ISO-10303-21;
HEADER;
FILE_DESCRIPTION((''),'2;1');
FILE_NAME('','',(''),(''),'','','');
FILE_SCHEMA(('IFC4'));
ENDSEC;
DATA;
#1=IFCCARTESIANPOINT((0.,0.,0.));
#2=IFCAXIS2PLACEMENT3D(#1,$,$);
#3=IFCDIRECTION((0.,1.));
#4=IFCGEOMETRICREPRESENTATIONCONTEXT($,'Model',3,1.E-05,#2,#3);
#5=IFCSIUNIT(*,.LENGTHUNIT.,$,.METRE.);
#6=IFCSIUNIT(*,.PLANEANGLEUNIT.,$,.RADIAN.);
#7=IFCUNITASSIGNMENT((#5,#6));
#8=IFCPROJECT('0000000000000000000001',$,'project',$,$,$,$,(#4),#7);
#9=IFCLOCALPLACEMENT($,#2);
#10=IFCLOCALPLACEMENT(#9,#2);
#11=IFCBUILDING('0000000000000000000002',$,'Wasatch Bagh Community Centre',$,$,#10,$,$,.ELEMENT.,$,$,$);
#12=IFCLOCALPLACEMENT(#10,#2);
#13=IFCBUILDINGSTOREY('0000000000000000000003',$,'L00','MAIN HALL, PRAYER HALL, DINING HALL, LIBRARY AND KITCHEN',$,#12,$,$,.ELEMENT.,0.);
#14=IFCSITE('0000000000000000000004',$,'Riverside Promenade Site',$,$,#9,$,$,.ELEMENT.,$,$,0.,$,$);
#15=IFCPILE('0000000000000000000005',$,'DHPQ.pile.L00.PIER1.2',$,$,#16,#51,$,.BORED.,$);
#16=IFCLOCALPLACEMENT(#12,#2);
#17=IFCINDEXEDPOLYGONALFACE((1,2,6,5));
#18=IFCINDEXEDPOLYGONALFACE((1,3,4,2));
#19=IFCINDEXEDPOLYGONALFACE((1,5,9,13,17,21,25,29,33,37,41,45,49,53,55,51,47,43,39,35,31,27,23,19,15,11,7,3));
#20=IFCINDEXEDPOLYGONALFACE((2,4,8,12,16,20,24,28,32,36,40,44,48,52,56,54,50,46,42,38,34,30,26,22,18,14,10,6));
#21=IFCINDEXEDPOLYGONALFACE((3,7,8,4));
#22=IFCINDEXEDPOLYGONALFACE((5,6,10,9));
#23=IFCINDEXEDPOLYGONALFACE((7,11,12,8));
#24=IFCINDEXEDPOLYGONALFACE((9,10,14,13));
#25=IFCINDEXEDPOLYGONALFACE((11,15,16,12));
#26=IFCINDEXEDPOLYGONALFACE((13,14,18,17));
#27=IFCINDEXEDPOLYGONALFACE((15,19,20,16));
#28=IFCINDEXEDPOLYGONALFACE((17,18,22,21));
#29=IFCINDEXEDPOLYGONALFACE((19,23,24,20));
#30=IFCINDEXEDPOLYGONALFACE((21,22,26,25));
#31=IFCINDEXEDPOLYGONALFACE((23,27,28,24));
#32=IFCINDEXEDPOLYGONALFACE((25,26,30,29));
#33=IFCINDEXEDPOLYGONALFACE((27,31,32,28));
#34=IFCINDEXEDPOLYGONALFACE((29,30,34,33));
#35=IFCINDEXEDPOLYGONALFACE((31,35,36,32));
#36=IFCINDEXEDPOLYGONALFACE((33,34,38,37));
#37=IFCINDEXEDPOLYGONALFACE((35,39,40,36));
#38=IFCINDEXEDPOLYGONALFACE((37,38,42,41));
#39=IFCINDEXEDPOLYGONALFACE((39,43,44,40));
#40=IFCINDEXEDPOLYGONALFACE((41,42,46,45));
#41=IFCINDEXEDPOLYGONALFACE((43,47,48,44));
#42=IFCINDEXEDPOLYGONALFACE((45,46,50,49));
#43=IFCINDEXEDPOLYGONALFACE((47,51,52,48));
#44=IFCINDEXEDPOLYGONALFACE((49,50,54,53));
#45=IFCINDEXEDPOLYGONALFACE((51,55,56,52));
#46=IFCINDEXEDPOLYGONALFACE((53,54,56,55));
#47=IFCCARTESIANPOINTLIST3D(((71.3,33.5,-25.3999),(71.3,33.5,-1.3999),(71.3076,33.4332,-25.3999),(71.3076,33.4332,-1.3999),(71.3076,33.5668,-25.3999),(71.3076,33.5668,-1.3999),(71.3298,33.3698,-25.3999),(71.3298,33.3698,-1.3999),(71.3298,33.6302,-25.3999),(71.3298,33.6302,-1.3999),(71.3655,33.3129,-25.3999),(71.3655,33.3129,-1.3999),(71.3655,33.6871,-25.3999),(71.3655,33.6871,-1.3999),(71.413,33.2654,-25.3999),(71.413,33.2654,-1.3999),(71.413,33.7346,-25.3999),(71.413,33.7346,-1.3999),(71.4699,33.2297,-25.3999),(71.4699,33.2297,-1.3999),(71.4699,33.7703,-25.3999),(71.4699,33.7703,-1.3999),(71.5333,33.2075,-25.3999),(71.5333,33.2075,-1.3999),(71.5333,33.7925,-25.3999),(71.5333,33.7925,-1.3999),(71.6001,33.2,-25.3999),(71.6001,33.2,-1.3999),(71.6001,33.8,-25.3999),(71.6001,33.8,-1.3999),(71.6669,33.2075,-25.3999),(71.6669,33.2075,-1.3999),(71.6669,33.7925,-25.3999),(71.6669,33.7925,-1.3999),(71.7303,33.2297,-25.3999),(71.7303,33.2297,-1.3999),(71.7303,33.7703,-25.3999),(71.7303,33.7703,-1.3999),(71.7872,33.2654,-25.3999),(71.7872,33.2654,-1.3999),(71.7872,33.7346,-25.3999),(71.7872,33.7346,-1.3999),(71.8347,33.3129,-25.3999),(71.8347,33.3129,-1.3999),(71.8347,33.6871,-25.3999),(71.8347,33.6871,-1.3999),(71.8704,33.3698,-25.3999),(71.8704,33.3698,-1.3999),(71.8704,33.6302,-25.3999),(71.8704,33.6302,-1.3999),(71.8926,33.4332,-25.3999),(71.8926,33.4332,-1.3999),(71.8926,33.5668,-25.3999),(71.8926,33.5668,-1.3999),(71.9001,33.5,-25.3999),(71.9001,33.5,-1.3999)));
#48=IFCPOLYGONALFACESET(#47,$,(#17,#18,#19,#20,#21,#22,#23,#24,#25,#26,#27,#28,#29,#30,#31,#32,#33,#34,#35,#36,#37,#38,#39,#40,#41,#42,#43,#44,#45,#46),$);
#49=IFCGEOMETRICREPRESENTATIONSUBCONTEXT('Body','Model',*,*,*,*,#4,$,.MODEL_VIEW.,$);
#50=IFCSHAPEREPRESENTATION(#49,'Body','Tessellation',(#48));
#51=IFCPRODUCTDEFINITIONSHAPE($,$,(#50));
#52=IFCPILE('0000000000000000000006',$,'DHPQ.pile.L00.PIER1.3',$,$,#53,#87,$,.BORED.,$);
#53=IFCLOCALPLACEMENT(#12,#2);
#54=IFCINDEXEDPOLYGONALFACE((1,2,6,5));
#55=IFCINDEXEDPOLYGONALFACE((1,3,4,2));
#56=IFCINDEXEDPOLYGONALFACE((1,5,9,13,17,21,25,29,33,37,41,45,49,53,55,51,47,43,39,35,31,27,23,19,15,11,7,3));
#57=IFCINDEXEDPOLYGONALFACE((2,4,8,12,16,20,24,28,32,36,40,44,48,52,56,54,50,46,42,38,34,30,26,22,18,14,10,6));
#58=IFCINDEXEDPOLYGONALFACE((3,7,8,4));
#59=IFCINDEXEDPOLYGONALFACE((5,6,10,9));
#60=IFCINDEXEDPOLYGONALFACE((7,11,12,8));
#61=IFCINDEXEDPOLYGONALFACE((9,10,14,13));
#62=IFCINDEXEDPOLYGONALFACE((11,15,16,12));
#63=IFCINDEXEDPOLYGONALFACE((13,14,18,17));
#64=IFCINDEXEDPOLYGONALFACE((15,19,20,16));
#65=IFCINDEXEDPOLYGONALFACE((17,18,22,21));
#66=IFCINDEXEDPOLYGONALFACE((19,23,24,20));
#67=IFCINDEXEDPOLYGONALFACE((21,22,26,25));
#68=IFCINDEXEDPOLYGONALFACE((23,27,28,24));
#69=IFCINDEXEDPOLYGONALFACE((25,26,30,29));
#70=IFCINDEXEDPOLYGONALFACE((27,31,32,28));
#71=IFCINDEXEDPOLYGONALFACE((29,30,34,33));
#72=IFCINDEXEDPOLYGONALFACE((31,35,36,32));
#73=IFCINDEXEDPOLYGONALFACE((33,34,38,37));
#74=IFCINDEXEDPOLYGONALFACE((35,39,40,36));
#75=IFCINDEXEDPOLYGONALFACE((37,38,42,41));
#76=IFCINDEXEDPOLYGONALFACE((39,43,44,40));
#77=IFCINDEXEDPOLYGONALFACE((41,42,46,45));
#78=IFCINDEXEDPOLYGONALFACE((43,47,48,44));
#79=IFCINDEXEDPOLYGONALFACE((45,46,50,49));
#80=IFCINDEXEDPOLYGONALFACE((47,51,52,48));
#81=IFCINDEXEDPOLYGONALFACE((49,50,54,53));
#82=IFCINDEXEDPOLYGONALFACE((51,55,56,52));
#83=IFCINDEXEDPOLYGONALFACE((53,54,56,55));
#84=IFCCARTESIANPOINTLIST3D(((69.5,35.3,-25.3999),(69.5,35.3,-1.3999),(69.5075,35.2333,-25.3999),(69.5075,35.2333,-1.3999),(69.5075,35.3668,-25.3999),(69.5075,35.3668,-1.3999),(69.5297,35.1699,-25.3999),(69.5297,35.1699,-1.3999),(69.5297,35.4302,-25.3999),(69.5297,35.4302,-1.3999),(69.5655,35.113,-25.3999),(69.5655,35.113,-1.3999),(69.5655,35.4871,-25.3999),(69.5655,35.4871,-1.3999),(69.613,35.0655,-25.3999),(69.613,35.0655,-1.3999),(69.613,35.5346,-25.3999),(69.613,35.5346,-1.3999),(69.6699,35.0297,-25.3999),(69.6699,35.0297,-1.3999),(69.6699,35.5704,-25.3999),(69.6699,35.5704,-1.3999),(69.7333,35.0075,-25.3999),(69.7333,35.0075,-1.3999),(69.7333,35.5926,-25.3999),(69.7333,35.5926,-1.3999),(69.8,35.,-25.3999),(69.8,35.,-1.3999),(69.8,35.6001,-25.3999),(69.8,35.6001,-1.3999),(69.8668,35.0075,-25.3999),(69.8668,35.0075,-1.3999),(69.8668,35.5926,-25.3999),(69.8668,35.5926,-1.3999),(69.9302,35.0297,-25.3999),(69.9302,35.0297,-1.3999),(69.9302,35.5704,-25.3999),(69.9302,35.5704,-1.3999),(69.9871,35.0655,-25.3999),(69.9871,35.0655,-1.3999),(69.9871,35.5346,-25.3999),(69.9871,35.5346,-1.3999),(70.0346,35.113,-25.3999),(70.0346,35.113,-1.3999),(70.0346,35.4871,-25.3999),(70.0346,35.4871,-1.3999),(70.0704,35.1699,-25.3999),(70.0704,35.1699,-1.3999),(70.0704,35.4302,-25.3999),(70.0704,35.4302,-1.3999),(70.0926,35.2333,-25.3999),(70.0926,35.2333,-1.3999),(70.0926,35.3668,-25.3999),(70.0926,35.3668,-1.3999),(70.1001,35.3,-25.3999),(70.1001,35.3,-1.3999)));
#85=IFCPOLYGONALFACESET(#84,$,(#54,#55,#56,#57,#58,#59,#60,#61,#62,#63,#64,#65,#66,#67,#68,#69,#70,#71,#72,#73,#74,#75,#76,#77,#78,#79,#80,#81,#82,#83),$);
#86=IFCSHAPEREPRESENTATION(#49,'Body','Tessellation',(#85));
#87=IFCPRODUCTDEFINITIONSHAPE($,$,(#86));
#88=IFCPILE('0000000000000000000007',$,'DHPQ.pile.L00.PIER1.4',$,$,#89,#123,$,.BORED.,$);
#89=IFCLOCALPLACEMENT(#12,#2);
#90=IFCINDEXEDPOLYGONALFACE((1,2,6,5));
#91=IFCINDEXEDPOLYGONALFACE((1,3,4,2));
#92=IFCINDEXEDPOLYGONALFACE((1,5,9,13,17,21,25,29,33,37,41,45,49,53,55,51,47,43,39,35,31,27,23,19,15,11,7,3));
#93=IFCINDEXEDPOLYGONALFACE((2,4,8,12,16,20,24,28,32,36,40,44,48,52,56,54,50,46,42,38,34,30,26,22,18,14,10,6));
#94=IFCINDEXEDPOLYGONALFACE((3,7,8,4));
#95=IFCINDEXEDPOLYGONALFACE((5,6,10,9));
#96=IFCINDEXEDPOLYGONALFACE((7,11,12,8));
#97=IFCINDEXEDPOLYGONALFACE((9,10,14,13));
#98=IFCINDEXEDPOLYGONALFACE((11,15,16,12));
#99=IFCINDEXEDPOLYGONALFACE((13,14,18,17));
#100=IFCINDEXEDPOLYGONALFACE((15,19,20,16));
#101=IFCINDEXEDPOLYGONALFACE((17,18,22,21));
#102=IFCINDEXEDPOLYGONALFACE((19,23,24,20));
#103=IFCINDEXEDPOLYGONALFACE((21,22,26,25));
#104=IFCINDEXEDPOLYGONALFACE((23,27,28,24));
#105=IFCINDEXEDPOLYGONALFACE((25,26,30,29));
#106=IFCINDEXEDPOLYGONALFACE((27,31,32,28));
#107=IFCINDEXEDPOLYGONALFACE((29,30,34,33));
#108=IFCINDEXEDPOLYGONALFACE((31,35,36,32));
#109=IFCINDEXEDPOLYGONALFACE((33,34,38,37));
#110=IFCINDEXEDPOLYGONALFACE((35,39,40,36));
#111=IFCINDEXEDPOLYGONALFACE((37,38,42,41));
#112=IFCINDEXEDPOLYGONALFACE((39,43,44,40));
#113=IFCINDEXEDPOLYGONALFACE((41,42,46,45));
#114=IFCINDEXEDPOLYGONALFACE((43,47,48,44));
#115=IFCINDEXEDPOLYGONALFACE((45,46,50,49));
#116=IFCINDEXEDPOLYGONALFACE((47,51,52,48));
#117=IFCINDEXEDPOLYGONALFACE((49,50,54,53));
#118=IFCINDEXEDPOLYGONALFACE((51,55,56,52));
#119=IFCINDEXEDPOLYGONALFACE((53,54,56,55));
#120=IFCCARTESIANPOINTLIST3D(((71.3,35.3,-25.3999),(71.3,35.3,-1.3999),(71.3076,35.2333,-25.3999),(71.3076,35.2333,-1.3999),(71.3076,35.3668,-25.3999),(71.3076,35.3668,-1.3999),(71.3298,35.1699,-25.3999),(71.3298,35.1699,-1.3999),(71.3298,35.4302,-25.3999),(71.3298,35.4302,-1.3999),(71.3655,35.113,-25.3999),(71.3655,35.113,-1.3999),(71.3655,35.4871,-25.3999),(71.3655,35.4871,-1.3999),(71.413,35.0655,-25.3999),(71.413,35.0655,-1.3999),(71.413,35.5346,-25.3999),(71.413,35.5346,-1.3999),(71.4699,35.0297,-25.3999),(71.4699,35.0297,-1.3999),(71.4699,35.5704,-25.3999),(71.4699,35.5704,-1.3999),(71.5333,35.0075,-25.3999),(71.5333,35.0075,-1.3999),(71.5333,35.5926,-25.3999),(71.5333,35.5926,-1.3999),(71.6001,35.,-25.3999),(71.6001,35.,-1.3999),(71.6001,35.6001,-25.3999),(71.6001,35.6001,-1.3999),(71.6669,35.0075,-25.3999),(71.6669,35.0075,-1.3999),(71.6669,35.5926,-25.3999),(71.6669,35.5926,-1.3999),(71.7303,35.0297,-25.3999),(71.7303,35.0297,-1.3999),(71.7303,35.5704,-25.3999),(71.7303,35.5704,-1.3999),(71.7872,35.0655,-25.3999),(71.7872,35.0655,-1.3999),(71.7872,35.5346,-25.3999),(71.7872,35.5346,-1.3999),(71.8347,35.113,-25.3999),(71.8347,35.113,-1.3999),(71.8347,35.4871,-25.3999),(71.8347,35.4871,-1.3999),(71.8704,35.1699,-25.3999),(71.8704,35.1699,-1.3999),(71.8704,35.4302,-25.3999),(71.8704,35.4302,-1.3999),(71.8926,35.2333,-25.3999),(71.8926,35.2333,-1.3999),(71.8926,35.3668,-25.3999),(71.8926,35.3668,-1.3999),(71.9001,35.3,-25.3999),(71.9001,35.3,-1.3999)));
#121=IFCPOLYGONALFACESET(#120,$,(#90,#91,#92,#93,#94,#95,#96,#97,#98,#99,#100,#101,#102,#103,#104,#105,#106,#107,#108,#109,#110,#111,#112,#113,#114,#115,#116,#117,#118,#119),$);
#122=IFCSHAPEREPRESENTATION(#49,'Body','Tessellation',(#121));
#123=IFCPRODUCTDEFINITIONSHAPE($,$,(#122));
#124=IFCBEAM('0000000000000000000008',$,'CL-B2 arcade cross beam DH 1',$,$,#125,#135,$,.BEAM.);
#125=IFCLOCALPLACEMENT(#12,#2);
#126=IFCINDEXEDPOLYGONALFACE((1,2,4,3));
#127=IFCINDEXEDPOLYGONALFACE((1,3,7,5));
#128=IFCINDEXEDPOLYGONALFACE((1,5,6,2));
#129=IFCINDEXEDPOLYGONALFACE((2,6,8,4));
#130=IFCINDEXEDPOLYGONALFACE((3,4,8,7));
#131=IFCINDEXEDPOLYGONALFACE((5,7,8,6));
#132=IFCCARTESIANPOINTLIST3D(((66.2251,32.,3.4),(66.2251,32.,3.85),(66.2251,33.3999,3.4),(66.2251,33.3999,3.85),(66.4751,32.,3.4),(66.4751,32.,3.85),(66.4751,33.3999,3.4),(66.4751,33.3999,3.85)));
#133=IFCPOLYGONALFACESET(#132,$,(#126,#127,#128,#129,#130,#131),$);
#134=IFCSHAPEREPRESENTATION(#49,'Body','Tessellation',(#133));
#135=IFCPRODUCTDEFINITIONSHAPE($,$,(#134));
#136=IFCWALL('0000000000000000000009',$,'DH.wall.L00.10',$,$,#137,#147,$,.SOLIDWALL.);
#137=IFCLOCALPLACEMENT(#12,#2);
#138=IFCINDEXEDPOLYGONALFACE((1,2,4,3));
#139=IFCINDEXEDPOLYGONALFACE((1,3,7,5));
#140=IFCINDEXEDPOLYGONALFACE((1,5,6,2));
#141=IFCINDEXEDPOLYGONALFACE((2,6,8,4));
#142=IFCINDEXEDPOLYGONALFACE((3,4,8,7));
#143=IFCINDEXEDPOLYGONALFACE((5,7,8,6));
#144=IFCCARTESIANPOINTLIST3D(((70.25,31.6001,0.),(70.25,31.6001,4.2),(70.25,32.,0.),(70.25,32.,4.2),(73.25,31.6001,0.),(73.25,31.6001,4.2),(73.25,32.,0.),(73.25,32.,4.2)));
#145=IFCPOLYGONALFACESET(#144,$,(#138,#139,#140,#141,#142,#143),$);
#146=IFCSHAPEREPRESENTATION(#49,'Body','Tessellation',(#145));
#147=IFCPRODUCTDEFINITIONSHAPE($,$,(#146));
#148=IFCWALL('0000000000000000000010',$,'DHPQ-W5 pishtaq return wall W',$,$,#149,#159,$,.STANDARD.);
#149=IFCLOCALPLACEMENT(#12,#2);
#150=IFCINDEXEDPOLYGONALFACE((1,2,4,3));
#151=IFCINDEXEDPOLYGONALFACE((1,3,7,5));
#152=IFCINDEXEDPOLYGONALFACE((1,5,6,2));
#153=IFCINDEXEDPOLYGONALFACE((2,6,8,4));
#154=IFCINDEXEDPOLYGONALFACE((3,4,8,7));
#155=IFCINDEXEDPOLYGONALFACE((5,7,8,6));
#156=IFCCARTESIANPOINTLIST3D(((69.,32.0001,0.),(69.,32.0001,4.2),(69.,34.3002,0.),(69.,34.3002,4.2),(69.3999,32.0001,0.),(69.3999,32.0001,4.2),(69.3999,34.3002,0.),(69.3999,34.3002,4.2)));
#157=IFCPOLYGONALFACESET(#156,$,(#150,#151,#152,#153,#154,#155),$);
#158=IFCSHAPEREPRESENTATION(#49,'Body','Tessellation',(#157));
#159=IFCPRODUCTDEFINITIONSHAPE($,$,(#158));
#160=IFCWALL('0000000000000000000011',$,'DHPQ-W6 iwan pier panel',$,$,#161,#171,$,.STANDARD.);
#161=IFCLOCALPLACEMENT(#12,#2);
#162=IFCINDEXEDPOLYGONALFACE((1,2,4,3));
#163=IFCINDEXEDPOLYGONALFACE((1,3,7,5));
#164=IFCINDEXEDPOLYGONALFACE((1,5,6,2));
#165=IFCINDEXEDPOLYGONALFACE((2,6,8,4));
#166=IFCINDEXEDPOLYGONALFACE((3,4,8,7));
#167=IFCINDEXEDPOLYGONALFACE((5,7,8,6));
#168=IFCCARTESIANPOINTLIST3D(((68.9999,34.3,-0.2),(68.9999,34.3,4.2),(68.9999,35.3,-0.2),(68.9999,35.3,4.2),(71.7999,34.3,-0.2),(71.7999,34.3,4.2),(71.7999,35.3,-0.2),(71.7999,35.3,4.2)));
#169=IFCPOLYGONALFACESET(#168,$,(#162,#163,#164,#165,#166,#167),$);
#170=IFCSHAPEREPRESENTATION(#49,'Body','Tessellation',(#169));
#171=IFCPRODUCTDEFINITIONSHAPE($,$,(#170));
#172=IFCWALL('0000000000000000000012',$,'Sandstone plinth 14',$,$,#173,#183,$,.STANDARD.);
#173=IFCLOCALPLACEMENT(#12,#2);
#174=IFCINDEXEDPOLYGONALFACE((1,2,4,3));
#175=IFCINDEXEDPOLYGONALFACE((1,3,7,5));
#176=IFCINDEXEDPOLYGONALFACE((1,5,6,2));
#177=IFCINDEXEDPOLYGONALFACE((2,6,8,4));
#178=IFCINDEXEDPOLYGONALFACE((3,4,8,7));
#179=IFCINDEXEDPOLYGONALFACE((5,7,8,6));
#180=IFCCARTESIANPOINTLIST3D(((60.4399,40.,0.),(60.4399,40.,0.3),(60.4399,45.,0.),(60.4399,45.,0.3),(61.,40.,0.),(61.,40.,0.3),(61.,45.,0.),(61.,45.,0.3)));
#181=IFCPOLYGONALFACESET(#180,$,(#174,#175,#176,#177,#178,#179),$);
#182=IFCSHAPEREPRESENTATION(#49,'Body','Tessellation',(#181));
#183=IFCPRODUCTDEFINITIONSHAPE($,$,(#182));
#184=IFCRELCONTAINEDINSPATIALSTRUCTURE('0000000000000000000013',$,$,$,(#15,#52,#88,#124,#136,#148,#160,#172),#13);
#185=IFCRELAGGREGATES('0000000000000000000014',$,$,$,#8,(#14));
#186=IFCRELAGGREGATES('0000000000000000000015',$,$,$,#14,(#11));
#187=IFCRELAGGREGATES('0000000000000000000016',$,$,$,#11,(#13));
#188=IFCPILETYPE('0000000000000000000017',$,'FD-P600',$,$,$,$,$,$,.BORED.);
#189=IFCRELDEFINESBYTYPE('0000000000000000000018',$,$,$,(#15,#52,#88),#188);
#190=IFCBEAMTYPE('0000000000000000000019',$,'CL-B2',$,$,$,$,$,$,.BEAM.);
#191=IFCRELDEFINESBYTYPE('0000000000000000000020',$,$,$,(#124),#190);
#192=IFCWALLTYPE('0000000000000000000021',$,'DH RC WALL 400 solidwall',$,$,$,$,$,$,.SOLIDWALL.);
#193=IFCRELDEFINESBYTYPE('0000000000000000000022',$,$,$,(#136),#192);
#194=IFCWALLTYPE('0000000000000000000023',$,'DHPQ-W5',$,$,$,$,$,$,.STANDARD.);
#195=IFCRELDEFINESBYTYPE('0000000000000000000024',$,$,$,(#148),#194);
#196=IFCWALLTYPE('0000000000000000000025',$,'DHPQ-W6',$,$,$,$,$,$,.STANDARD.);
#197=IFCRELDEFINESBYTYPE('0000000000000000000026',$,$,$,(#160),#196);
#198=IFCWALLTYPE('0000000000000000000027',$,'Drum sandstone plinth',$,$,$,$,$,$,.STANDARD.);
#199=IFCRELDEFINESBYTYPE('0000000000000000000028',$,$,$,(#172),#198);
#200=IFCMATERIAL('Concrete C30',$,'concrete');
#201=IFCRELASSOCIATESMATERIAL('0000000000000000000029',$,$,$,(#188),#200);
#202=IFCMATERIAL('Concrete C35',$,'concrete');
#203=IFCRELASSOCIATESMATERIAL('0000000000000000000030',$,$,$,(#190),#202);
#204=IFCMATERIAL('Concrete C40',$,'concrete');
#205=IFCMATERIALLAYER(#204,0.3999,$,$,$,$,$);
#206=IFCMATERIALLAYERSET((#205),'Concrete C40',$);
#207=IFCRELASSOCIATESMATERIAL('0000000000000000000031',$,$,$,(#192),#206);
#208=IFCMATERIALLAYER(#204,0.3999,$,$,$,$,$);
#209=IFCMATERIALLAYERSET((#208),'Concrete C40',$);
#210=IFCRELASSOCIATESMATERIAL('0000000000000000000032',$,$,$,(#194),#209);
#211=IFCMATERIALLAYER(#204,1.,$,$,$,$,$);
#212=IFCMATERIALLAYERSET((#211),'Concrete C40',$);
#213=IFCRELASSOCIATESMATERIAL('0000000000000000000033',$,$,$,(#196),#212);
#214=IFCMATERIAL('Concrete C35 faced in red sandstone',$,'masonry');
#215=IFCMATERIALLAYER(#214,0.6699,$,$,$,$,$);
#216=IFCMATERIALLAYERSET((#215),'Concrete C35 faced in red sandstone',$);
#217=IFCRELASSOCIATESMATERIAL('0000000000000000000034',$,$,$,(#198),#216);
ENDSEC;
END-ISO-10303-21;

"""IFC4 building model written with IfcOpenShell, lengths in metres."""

from ifc_helpers import new_model, si_unit, direction, frame, frame_2d, origin, origin_2d, place, context, subcontext, project, spatial, rectangle, circle, extrude, material, layer, layer_set, material_profile, profile_set, type_object, element, save


model = new_model("IFC4")

# Units and contexts
model_context = context("Model", 3, precision=1e-05, world=origin(), true_north=direction((0.0, 1.0)))
body_context = subcontext(model_context, "Body", "Model", "MODEL_VIEW")
ifc_project = project(units=[si_unit("LENGTHUNIT", "METRE"), si_unit("PLANEANGLEUNIT", "RADIAN")], contexts=[model_context])

# Site, building, storey
site_placement = place(None, origin())
site = spatial("IfcSite", under=ifc_project, at=site_placement, Name="Riverside Promenade Site", CompositionType="ELEMENT", RefElevation=0.0)
building_placement = place(site_placement, origin())
building = spatial("IfcBuilding", under=site, at=building_placement, Name="Wasatch Bagh Community Centre", CompositionType="ELEMENT")
storey_placement = place(building_placement, origin())
storey = spatial("IfcBuildingStorey", under=building, at=storey_placement, Name="L00", Description="MAIN HALL, PRAYER HALL, DINING HALL, LIBRARY AND KITCHEN", CompositionType="ELEMENT", Elevation=0.0)

# Shared definitions
ifc_material_1 = material(Name="Concrete C30", Category="concrete")
ifc_material_2 = material(Name="Concrete C35", Category="concrete")

# Piles
ifc_material_profile_1 = material_profile(ifc_material_1, circle(Radius=0.3, at=origin_2d()), Name="RC D600")
ifc_profile_set_1 = profile_set([ifc_material_profile_1], Name="Concrete C30")
pile_type_1 = type_object("IfcPileType", Name="FD-P600", PredefinedType="BORED", material=ifc_profile_set_1)
for number, where, z_axis, x_axis, name in (
    (1, (71.6001, 33.5, -1.3999), (0.0, 0.0, -1.0), (1.0, 0.0, 0.0), "DHPQ.pile.L00.PIER1.2"),
    (2, (69.8, 35.3, -1.3999), (0.0, 0.0, -1.0), (1.0, 0.0, 0.0), "DHPQ.pile.L00.PIER1.3"),
    (3, (71.6001, 35.3, -1.3999), (0.0, 0.0, -1.0), (1.0, 0.0, 0.0), "DHPQ.pile.L00.PIER1.4"),
):
    element("IfcPile", number, at=place(storey_placement, frame(where, z_axis=z_axis, x_axis=x_axis)), inside=storey, type_object=pile_type_1, Name=name, PredefinedType="BORED", context=body_context, shape_type="SweptSolid", body=[
        extrude(circle(Radius=0.3, at=origin_2d()), origin(), (0.0, 0.0, 1.0), 24.0),
    ])

# Beam
ifc_material_profile_2 = material_profile(ifc_material_2, rectangle(XDim=0.25, YDim=0.45, at=origin_2d()), Name="RC 250x450")
ifc_profile_set_2 = profile_set([ifc_material_profile_2], Name="Concrete C35")
beam_type = type_object("IfcBeamType", Name="CL-B2", PredefinedType="BEAM", material=ifc_profile_set_2)
beam_placement = place(storey_placement, frame((66.3501, 32.0, 3.625), z_axis=(0.0, 1.0, 0.0), x_axis=(-1.0, 0.0, 0.0)))
element("IfcBeam", 4, at=beam_placement, inside=storey, type_object=beam_type, Name="CL-B2 arcade cross beam DH 1", PredefinedType="BEAM", context=body_context, shape_type="SweptSolid", body=[
    extrude(rectangle(XDim=0.25, YDim=0.45, at=origin_2d()), origin(), (0.0, 0.0, 1.0), 1.3999),
])

# Shared definitions
ifc_material_3 = material(Name="Concrete C40", Category="concrete")
ifc_layer_1 = layer(ifc_material_3, 0.3999)
ifc_layer_set_1 = layer_set([ifc_layer_1], Name="Concrete C40")
wall_type_1 = type_object("IfcWallType", Name="DH RC WALL 400 solidwall", PredefinedType="SOLIDWALL", material=ifc_layer_set_1)

# Walls
wall_1_placement = place(storey_placement, frame((70.25, 31.8, 0.0), z_axis=(0.0, 0.0, 1.0), x_axis=(1.0, 0.0, 0.0)))
element("IfcWall", 5, at=wall_1_placement, inside=storey, type_object=wall_type_1, Name="DH.wall.L00.10", PredefinedType="SOLIDWALL", context=body_context, shape_type="SweptSolid", body=[
    extrude(rectangle(XDim=3.0, YDim=0.3999, at=frame_2d((1.5, 0.0))), origin(), (0.0, 0.0, 1.0), 4.2),
])
ifc_layer_2 = layer(ifc_material_3, 0.3999)
ifc_layer_set_2 = layer_set([ifc_layer_2], Name="Concrete C40")
wall_type_2 = type_object("IfcWallType", Name="DHPQ-W5", PredefinedType="STANDARD", material=ifc_layer_set_2)
wall_2_placement = place(storey_placement, frame((69.2, 34.3, 0.0), z_axis=(0.0, 0.0, 1.0), x_axis=(0.0, -1.0, 0.0)))
element("IfcWall", 6, at=wall_2_placement, inside=storey, type_object=wall_type_2, Name="DHPQ-W5 pishtaq return wall W", PredefinedType="STANDARD", context=body_context, shape_type="SweptSolid", body=[
    extrude(rectangle(XDim=2.3, YDim=0.3999, at=frame_2d((1.1499, 0.0))), origin(), (0.0, 0.0, 1.0), 4.2),
])
ifc_layer_3 = layer(ifc_material_3, 1.0)
ifc_layer_set_3 = layer_set([ifc_layer_3], Name="Concrete C40")
wall_type_3 = type_object("IfcWallType", Name="DHPQ-W6", PredefinedType="STANDARD", material=ifc_layer_set_3)
wall_3_placement = place(storey_placement, frame((69.0, 34.8, -0.2), z_axis=(0.0, 0.0, 1.0), x_axis=(1.0, 0.0, 0.0)))
element("IfcWall", 7, at=wall_3_placement, inside=storey, type_object=wall_type_3, Name="DHPQ-W6 iwan pier panel", PredefinedType="STANDARD", context=body_context, shape_type="SweptSolid", body=[
    extrude(rectangle(XDim=2.8, YDim=1.0, at=frame_2d((1.3999, 0.0))), origin(), (0.0, 0.0, 1.0), 4.3999),
])
ifc_material_4 = material(Name="Concrete C35 faced in red sandstone", Category="masonry")
ifc_layer_4 = layer(ifc_material_4, 0.6699)
ifc_layer_set_4 = layer_set([ifc_layer_4], Name="Concrete C35 faced in red sandstone")
wall_type_4 = type_object("IfcWallType", Name="Drum sandstone plinth", PredefinedType="STANDARD", material=ifc_layer_set_4)
wall_4_placement = place(storey_placement, frame((60.72, 40.0, 0.0), z_axis=(0.0, 0.0, 1.0), x_axis=(0.0, 1.0, 0.0)))
element("IfcWall", 8, at=wall_4_placement, inside=storey, type_object=wall_type_4, Name="Sandstone plinth 14", PredefinedType="STANDARD", context=body_context, shape_type="SweptSolid", body=[
    extrude(rectangle(XDim=5.0, YDim=0.5601, at=frame_2d((2.5, 0.0))), origin(), (0.0, 0.0, 1.0), 0.3),
])

save(model, "model.ifc")
